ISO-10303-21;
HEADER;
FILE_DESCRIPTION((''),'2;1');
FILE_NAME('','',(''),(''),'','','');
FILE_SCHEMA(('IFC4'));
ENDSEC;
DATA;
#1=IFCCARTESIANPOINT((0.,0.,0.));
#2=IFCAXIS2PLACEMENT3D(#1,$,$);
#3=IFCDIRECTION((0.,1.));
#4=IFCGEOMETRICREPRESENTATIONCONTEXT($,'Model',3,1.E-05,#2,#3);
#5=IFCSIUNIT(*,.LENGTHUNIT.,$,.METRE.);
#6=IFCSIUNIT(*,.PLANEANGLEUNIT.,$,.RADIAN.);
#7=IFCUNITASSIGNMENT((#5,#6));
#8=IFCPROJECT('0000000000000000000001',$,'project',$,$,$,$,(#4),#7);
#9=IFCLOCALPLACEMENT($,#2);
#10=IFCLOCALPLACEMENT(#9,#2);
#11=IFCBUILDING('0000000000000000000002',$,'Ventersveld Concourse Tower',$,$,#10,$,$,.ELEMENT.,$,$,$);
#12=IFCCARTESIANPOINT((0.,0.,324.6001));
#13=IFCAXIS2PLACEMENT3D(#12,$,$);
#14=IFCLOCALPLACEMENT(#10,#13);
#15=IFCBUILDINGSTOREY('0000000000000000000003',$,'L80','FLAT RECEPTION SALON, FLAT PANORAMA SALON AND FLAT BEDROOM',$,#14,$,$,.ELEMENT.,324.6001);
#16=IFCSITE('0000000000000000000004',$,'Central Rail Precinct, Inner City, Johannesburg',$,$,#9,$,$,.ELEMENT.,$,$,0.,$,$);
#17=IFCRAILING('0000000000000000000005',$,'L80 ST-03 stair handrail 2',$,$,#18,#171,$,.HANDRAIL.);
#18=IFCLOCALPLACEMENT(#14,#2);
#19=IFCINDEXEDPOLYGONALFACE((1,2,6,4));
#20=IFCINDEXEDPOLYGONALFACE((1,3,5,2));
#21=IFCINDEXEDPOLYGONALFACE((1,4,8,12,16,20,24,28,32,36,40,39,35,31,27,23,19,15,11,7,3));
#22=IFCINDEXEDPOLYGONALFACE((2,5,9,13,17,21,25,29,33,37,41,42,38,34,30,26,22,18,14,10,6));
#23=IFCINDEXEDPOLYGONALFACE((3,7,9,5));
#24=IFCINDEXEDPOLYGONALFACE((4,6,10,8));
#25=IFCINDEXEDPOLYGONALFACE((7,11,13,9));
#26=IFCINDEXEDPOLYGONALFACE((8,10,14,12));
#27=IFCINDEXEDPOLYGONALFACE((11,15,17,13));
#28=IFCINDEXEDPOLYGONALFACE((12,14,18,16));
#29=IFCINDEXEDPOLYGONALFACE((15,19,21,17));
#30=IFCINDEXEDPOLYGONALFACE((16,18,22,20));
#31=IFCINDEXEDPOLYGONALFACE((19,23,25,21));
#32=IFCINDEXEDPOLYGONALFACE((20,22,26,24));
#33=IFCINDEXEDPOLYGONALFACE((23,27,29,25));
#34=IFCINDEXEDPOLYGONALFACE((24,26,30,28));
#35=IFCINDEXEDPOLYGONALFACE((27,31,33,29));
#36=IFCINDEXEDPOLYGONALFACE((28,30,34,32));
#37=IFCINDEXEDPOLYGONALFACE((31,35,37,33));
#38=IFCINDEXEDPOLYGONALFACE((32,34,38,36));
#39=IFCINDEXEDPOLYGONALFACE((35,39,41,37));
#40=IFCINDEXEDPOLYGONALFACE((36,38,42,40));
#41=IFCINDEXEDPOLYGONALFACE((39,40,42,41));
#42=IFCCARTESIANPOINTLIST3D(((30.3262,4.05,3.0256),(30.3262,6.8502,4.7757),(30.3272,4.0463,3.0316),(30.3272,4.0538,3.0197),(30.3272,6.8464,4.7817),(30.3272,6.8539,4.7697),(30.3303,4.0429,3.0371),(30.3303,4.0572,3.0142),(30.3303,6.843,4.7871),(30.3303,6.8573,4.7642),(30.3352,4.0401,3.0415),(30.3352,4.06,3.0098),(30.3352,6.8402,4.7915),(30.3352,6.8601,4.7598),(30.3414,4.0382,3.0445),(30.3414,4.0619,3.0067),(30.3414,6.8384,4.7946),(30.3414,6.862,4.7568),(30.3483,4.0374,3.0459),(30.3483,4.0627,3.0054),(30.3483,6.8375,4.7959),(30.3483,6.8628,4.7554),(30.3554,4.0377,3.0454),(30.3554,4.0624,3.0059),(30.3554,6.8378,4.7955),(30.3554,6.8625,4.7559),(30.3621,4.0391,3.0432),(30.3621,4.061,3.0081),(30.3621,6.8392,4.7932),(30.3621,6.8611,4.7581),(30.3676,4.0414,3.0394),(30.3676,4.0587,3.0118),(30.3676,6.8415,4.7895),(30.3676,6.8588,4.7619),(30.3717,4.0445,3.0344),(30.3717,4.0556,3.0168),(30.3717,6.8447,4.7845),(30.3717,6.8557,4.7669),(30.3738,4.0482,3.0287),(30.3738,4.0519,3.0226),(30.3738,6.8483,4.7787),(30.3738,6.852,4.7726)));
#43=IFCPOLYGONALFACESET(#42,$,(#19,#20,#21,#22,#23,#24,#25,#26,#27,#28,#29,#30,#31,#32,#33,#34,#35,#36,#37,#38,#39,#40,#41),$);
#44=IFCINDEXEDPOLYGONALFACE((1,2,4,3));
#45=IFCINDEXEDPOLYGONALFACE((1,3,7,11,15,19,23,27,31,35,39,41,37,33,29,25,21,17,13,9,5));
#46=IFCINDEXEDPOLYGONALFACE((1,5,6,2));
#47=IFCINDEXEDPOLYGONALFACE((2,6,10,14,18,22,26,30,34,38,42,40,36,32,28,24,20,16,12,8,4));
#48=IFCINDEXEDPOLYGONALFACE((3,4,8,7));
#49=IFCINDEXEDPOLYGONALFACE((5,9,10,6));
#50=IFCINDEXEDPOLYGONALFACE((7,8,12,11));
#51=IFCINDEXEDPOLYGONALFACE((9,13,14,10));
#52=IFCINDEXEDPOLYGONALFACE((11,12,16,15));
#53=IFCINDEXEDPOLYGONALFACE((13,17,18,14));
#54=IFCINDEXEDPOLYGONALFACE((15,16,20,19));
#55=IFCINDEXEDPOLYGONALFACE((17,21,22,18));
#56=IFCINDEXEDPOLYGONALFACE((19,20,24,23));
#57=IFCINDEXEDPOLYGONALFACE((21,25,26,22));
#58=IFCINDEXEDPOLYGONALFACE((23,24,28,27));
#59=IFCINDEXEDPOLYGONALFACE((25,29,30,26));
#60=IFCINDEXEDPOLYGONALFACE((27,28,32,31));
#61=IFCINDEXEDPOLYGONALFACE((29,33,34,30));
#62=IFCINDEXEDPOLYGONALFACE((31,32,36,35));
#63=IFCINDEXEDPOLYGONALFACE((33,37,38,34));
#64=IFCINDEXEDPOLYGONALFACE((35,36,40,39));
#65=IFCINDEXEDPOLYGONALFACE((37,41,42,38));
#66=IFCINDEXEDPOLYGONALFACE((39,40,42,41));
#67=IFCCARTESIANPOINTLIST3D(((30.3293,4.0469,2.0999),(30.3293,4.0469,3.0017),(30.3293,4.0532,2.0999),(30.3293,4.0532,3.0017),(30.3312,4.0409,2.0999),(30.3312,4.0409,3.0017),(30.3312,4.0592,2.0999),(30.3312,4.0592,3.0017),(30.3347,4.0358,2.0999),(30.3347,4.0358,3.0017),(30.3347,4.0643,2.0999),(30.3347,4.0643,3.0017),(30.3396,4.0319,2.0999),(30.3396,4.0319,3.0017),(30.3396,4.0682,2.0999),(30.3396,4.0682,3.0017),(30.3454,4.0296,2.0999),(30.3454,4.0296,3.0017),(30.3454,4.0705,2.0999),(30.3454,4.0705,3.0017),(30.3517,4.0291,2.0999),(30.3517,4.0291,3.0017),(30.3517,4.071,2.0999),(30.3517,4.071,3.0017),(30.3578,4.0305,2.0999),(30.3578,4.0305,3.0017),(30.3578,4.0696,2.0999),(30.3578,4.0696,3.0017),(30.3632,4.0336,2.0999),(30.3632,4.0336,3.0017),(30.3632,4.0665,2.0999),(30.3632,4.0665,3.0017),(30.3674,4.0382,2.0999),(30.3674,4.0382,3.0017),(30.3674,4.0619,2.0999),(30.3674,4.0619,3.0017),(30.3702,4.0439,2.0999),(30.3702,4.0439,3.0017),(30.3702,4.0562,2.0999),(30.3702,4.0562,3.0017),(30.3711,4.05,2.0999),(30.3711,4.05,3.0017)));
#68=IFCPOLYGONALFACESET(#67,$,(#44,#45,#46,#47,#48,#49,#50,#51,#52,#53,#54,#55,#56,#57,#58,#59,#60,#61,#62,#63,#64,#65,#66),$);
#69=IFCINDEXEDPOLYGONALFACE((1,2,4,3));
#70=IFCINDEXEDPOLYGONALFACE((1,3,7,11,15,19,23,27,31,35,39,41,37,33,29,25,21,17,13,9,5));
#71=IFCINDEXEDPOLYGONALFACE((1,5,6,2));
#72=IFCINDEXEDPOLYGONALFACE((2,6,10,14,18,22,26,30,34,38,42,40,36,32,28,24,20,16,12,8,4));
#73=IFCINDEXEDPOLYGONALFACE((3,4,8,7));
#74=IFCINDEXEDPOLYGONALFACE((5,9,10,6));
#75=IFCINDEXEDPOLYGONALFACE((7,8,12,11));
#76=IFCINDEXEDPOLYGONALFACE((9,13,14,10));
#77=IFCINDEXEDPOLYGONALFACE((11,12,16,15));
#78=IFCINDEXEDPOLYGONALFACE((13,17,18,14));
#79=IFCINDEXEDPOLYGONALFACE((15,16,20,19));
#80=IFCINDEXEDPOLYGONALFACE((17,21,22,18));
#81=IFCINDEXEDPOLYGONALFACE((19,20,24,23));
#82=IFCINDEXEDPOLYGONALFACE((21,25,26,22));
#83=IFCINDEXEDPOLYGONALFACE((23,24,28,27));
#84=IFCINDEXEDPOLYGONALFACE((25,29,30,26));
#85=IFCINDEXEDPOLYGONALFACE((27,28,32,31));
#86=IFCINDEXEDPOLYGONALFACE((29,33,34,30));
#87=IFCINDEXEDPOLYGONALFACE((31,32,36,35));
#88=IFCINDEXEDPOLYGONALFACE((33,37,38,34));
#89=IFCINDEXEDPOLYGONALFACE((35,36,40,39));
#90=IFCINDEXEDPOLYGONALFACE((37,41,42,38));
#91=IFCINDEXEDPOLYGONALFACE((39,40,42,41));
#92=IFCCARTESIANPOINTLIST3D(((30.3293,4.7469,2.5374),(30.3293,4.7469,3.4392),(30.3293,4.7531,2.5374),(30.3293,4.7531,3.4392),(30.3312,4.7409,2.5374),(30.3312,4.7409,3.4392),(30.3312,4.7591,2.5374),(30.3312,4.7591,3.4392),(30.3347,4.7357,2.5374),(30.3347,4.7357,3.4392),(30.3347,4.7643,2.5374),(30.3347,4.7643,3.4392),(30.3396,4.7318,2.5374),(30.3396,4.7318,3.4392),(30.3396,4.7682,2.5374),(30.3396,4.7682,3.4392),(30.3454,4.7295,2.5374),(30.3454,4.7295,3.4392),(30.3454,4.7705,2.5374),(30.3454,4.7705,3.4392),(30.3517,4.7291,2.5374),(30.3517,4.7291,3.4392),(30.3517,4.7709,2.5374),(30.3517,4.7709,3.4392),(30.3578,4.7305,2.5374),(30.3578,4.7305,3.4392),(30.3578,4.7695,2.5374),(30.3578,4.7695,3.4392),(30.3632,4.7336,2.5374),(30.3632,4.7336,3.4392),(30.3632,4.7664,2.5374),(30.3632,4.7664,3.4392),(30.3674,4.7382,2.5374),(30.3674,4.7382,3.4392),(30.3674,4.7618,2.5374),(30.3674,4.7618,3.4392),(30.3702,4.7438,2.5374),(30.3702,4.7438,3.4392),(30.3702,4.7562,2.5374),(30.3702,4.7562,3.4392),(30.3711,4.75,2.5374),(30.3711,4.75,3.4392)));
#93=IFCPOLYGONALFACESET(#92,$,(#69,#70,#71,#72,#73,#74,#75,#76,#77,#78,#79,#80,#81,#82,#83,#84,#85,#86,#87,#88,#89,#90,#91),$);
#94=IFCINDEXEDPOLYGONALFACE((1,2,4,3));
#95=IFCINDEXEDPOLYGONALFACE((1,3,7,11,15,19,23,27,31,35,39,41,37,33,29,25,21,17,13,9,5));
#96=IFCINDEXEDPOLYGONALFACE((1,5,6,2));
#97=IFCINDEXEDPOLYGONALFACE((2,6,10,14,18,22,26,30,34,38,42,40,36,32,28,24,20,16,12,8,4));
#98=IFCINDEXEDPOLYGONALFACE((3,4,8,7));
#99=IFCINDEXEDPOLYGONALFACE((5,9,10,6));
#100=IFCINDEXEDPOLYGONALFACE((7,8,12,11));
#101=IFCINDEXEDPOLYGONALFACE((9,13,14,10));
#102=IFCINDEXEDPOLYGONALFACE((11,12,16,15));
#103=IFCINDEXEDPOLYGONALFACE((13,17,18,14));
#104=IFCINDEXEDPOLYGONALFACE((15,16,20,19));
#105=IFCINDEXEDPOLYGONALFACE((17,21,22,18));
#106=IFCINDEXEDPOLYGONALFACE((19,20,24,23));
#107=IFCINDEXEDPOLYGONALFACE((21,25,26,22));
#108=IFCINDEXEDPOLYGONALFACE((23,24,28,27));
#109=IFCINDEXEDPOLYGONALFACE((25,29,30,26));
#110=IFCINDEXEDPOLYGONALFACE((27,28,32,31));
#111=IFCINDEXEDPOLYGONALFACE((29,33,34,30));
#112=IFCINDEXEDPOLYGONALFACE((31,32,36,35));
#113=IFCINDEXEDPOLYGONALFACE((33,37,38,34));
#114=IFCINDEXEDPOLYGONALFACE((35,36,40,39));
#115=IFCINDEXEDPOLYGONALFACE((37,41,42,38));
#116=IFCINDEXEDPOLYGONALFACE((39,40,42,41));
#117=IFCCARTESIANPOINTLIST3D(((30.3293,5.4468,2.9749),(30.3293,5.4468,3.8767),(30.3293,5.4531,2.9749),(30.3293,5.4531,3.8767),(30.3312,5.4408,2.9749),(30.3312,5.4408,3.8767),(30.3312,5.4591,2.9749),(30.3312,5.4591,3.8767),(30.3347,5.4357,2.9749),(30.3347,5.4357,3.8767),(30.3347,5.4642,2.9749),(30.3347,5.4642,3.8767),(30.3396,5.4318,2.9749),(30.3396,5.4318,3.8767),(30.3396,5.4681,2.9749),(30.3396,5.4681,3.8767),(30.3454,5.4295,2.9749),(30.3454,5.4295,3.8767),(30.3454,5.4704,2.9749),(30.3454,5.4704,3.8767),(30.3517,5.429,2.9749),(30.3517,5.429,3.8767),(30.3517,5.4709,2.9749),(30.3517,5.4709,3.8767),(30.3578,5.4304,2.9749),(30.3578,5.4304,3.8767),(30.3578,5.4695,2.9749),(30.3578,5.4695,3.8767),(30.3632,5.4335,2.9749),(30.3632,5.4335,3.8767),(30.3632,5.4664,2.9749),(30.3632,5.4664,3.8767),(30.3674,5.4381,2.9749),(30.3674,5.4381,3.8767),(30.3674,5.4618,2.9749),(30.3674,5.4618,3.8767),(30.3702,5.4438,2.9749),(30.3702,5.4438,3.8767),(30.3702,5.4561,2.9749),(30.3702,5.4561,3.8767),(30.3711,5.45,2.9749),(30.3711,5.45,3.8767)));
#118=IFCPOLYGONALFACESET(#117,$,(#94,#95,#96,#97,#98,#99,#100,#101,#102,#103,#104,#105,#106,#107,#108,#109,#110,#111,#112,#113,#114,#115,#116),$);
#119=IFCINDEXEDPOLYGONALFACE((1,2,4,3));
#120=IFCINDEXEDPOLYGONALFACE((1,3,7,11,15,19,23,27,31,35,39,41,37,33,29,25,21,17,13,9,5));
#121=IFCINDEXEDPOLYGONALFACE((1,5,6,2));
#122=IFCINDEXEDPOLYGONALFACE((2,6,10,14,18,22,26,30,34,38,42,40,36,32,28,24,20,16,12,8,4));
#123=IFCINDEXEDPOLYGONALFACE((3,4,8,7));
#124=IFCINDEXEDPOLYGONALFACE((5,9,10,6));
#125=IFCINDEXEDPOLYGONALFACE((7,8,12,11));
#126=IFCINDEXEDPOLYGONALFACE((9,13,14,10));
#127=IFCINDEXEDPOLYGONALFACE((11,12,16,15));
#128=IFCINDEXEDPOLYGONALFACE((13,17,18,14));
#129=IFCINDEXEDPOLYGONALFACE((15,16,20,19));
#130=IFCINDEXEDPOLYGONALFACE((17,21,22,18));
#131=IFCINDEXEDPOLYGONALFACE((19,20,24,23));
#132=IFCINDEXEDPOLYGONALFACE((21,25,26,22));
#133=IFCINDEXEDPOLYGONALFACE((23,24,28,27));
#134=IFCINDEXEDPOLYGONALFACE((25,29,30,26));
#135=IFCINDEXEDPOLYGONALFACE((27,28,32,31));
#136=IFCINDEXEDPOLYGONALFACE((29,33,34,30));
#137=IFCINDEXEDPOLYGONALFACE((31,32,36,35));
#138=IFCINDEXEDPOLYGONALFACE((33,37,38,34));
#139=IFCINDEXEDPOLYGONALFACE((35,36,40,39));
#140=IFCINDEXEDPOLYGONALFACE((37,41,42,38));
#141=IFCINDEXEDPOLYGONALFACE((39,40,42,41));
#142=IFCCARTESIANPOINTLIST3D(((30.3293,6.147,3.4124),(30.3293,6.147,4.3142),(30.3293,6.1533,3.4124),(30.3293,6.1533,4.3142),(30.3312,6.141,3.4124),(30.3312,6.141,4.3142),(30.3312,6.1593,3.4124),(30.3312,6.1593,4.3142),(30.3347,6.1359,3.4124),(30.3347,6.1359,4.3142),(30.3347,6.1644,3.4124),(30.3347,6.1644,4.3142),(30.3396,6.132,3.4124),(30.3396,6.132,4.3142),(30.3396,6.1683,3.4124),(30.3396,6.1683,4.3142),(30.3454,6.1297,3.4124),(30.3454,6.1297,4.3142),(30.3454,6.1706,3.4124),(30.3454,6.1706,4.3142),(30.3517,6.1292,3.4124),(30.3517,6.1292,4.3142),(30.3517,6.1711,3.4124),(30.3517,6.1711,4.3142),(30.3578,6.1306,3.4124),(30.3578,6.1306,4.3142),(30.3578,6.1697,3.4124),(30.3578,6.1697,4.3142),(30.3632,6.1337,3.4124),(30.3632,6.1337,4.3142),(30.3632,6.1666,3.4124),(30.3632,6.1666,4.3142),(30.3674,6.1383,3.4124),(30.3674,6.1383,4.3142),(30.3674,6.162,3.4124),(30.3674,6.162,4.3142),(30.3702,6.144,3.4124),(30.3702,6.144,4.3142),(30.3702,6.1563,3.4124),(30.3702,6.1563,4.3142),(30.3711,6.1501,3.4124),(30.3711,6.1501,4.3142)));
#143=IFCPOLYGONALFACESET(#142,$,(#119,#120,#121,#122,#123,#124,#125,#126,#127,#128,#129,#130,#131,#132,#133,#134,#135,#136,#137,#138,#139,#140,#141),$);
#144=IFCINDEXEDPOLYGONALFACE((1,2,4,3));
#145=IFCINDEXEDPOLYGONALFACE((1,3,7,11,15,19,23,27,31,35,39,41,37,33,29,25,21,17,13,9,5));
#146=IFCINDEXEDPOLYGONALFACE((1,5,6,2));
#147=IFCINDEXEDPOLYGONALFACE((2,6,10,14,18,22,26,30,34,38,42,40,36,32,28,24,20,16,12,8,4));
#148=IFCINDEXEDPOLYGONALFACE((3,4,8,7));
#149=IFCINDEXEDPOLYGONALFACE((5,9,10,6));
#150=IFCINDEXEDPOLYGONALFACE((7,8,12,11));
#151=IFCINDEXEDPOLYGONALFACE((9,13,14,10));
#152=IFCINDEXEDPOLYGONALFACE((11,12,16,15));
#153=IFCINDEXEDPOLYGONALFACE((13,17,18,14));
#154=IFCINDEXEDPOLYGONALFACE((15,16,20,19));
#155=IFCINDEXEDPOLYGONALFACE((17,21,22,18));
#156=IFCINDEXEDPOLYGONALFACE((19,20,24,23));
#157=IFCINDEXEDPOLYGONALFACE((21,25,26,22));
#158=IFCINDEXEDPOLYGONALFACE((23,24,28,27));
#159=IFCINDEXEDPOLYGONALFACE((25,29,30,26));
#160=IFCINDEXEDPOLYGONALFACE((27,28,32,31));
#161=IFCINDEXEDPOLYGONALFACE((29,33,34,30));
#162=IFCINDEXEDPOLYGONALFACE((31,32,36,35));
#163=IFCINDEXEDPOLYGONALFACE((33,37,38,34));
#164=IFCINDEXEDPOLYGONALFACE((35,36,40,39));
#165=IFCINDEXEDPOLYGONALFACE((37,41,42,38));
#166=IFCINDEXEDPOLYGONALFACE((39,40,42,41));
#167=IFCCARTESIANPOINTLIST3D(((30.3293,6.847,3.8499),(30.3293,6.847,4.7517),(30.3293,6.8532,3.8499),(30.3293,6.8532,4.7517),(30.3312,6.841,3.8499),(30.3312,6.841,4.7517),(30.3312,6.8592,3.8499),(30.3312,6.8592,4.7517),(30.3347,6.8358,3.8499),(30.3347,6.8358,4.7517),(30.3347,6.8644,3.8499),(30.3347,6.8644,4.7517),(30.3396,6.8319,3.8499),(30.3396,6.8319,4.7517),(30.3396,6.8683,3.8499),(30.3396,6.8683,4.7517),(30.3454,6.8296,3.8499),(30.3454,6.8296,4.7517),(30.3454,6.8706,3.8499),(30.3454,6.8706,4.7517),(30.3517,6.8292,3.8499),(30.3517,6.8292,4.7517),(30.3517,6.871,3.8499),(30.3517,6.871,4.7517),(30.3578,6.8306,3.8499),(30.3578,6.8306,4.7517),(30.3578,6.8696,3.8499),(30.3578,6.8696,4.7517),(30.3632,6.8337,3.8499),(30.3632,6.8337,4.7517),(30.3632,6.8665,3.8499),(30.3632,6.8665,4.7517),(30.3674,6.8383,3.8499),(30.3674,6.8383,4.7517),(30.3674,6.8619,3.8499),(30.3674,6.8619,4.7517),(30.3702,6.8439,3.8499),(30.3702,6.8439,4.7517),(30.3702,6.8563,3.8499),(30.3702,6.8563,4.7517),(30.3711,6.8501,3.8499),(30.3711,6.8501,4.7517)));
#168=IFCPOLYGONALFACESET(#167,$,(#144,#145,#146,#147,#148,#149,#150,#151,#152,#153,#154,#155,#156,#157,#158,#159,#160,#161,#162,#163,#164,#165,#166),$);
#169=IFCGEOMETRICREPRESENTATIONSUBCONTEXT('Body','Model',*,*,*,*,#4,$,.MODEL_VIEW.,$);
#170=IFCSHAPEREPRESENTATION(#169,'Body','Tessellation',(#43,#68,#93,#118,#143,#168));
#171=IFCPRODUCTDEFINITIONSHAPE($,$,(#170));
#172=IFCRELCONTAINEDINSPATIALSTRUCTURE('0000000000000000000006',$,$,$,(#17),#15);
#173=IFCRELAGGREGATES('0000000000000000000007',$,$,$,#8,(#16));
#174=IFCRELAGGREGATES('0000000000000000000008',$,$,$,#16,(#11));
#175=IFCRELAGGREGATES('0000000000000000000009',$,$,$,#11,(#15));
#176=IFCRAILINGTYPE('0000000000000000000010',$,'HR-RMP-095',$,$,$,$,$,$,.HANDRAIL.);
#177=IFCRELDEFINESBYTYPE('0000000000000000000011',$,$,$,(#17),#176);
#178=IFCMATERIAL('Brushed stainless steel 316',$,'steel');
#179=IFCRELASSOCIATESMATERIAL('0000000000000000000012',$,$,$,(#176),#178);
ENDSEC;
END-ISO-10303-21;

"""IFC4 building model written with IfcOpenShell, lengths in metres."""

from ifc_helpers import new_model, si_unit, direction, frame, origin, origin_2d, place, context, subcontext, project, spatial, circle, extrude, material, type_object, element, save


model = new_model("IFC4")

# Units and contexts
model_context = context("Model", 3, precision=1e-05, world=origin(), true_north=direction((0.0, 1.0)))
body_context = subcontext(model_context, "Body", "Model", "MODEL_VIEW")
ifc_project = project(units=[si_unit("LENGTHUNIT", "METRE"), si_unit("PLANEANGLEUNIT", "RADIAN")], contexts=[model_context])

# Site, building, storey
site_placement = place(None, origin())
site = spatial("IfcSite", under=ifc_project, at=site_placement, Name="Central Rail Precinct, Inner City, Johannesburg", CompositionType="ELEMENT", RefElevation=0.0)
building_placement = place(site_placement, origin())
building = spatial("IfcBuilding", under=site, at=building_placement, Name="Ventersveld Concourse Tower", CompositionType="ELEMENT")
storey_placement = place(building_placement, frame((0.0, 0.0, 324.6001)))
storey = spatial("IfcBuildingStorey", under=building, at=storey_placement, Name="L80", Description="FLAT RECEPTION SALON, FLAT PANORAMA SALON AND FLAT BEDROOM", CompositionType="ELEMENT", Elevation=324.6001)

# Shared definitions
ifc_material_1 = material(Name="Brushed stainless steel 316", Category="steel")

# Railing
railing_type_1 = type_object("IfcRailingType", Name="HR-RMP-095", PredefinedType="HANDRAIL", material=ifc_material_1)
railing_1_placement = place(storey_placement, frame((30.3501, 4.05, 2.0999)))
element("IfcRailing", 1, at=railing_1_placement, inside=storey, type_object=railing_type_1, Name="L80 ST-03 stair handrail 2", PredefinedType="HANDRAIL", context=body_context, shape_type="SweptSolid", body=[
    extrude(circle(Radius=0.0239, at=origin_2d()), frame((0.0, 0.0, 0.9258), z_axis=(0.0, 0.848002, 0.529992), x_axis=(-1.0, 0.0, 0.0)), (0.0, 0.0, 1.0), 3.302),
    extrude(circle(Radius=0.021, at=origin_2d()), origin(), (0.0, 0.0, 1.0), 0.9019),
    extrude(circle(Radius=0.021, at=origin_2d()), frame((0.0, 0.7, 0.4375)), (0.0, 0.0, 1.0), 0.9019),
    extrude(circle(Radius=0.021, at=origin_2d()), frame((0.0, 1.3999, 0.875)), (0.0, 0.0, 1.0), 0.9019),
    extrude(circle(Radius=0.021, at=origin_2d()), frame((0.0, 2.1001, 1.3125)), (0.0, 0.0, 1.0), 0.9019),
    extrude(circle(Radius=0.021, at=origin_2d()), frame((0.0, 2.8, 1.75)), (0.0, 0.0, 1.0), 0.9019),
])

save(model, "model.ifc")
